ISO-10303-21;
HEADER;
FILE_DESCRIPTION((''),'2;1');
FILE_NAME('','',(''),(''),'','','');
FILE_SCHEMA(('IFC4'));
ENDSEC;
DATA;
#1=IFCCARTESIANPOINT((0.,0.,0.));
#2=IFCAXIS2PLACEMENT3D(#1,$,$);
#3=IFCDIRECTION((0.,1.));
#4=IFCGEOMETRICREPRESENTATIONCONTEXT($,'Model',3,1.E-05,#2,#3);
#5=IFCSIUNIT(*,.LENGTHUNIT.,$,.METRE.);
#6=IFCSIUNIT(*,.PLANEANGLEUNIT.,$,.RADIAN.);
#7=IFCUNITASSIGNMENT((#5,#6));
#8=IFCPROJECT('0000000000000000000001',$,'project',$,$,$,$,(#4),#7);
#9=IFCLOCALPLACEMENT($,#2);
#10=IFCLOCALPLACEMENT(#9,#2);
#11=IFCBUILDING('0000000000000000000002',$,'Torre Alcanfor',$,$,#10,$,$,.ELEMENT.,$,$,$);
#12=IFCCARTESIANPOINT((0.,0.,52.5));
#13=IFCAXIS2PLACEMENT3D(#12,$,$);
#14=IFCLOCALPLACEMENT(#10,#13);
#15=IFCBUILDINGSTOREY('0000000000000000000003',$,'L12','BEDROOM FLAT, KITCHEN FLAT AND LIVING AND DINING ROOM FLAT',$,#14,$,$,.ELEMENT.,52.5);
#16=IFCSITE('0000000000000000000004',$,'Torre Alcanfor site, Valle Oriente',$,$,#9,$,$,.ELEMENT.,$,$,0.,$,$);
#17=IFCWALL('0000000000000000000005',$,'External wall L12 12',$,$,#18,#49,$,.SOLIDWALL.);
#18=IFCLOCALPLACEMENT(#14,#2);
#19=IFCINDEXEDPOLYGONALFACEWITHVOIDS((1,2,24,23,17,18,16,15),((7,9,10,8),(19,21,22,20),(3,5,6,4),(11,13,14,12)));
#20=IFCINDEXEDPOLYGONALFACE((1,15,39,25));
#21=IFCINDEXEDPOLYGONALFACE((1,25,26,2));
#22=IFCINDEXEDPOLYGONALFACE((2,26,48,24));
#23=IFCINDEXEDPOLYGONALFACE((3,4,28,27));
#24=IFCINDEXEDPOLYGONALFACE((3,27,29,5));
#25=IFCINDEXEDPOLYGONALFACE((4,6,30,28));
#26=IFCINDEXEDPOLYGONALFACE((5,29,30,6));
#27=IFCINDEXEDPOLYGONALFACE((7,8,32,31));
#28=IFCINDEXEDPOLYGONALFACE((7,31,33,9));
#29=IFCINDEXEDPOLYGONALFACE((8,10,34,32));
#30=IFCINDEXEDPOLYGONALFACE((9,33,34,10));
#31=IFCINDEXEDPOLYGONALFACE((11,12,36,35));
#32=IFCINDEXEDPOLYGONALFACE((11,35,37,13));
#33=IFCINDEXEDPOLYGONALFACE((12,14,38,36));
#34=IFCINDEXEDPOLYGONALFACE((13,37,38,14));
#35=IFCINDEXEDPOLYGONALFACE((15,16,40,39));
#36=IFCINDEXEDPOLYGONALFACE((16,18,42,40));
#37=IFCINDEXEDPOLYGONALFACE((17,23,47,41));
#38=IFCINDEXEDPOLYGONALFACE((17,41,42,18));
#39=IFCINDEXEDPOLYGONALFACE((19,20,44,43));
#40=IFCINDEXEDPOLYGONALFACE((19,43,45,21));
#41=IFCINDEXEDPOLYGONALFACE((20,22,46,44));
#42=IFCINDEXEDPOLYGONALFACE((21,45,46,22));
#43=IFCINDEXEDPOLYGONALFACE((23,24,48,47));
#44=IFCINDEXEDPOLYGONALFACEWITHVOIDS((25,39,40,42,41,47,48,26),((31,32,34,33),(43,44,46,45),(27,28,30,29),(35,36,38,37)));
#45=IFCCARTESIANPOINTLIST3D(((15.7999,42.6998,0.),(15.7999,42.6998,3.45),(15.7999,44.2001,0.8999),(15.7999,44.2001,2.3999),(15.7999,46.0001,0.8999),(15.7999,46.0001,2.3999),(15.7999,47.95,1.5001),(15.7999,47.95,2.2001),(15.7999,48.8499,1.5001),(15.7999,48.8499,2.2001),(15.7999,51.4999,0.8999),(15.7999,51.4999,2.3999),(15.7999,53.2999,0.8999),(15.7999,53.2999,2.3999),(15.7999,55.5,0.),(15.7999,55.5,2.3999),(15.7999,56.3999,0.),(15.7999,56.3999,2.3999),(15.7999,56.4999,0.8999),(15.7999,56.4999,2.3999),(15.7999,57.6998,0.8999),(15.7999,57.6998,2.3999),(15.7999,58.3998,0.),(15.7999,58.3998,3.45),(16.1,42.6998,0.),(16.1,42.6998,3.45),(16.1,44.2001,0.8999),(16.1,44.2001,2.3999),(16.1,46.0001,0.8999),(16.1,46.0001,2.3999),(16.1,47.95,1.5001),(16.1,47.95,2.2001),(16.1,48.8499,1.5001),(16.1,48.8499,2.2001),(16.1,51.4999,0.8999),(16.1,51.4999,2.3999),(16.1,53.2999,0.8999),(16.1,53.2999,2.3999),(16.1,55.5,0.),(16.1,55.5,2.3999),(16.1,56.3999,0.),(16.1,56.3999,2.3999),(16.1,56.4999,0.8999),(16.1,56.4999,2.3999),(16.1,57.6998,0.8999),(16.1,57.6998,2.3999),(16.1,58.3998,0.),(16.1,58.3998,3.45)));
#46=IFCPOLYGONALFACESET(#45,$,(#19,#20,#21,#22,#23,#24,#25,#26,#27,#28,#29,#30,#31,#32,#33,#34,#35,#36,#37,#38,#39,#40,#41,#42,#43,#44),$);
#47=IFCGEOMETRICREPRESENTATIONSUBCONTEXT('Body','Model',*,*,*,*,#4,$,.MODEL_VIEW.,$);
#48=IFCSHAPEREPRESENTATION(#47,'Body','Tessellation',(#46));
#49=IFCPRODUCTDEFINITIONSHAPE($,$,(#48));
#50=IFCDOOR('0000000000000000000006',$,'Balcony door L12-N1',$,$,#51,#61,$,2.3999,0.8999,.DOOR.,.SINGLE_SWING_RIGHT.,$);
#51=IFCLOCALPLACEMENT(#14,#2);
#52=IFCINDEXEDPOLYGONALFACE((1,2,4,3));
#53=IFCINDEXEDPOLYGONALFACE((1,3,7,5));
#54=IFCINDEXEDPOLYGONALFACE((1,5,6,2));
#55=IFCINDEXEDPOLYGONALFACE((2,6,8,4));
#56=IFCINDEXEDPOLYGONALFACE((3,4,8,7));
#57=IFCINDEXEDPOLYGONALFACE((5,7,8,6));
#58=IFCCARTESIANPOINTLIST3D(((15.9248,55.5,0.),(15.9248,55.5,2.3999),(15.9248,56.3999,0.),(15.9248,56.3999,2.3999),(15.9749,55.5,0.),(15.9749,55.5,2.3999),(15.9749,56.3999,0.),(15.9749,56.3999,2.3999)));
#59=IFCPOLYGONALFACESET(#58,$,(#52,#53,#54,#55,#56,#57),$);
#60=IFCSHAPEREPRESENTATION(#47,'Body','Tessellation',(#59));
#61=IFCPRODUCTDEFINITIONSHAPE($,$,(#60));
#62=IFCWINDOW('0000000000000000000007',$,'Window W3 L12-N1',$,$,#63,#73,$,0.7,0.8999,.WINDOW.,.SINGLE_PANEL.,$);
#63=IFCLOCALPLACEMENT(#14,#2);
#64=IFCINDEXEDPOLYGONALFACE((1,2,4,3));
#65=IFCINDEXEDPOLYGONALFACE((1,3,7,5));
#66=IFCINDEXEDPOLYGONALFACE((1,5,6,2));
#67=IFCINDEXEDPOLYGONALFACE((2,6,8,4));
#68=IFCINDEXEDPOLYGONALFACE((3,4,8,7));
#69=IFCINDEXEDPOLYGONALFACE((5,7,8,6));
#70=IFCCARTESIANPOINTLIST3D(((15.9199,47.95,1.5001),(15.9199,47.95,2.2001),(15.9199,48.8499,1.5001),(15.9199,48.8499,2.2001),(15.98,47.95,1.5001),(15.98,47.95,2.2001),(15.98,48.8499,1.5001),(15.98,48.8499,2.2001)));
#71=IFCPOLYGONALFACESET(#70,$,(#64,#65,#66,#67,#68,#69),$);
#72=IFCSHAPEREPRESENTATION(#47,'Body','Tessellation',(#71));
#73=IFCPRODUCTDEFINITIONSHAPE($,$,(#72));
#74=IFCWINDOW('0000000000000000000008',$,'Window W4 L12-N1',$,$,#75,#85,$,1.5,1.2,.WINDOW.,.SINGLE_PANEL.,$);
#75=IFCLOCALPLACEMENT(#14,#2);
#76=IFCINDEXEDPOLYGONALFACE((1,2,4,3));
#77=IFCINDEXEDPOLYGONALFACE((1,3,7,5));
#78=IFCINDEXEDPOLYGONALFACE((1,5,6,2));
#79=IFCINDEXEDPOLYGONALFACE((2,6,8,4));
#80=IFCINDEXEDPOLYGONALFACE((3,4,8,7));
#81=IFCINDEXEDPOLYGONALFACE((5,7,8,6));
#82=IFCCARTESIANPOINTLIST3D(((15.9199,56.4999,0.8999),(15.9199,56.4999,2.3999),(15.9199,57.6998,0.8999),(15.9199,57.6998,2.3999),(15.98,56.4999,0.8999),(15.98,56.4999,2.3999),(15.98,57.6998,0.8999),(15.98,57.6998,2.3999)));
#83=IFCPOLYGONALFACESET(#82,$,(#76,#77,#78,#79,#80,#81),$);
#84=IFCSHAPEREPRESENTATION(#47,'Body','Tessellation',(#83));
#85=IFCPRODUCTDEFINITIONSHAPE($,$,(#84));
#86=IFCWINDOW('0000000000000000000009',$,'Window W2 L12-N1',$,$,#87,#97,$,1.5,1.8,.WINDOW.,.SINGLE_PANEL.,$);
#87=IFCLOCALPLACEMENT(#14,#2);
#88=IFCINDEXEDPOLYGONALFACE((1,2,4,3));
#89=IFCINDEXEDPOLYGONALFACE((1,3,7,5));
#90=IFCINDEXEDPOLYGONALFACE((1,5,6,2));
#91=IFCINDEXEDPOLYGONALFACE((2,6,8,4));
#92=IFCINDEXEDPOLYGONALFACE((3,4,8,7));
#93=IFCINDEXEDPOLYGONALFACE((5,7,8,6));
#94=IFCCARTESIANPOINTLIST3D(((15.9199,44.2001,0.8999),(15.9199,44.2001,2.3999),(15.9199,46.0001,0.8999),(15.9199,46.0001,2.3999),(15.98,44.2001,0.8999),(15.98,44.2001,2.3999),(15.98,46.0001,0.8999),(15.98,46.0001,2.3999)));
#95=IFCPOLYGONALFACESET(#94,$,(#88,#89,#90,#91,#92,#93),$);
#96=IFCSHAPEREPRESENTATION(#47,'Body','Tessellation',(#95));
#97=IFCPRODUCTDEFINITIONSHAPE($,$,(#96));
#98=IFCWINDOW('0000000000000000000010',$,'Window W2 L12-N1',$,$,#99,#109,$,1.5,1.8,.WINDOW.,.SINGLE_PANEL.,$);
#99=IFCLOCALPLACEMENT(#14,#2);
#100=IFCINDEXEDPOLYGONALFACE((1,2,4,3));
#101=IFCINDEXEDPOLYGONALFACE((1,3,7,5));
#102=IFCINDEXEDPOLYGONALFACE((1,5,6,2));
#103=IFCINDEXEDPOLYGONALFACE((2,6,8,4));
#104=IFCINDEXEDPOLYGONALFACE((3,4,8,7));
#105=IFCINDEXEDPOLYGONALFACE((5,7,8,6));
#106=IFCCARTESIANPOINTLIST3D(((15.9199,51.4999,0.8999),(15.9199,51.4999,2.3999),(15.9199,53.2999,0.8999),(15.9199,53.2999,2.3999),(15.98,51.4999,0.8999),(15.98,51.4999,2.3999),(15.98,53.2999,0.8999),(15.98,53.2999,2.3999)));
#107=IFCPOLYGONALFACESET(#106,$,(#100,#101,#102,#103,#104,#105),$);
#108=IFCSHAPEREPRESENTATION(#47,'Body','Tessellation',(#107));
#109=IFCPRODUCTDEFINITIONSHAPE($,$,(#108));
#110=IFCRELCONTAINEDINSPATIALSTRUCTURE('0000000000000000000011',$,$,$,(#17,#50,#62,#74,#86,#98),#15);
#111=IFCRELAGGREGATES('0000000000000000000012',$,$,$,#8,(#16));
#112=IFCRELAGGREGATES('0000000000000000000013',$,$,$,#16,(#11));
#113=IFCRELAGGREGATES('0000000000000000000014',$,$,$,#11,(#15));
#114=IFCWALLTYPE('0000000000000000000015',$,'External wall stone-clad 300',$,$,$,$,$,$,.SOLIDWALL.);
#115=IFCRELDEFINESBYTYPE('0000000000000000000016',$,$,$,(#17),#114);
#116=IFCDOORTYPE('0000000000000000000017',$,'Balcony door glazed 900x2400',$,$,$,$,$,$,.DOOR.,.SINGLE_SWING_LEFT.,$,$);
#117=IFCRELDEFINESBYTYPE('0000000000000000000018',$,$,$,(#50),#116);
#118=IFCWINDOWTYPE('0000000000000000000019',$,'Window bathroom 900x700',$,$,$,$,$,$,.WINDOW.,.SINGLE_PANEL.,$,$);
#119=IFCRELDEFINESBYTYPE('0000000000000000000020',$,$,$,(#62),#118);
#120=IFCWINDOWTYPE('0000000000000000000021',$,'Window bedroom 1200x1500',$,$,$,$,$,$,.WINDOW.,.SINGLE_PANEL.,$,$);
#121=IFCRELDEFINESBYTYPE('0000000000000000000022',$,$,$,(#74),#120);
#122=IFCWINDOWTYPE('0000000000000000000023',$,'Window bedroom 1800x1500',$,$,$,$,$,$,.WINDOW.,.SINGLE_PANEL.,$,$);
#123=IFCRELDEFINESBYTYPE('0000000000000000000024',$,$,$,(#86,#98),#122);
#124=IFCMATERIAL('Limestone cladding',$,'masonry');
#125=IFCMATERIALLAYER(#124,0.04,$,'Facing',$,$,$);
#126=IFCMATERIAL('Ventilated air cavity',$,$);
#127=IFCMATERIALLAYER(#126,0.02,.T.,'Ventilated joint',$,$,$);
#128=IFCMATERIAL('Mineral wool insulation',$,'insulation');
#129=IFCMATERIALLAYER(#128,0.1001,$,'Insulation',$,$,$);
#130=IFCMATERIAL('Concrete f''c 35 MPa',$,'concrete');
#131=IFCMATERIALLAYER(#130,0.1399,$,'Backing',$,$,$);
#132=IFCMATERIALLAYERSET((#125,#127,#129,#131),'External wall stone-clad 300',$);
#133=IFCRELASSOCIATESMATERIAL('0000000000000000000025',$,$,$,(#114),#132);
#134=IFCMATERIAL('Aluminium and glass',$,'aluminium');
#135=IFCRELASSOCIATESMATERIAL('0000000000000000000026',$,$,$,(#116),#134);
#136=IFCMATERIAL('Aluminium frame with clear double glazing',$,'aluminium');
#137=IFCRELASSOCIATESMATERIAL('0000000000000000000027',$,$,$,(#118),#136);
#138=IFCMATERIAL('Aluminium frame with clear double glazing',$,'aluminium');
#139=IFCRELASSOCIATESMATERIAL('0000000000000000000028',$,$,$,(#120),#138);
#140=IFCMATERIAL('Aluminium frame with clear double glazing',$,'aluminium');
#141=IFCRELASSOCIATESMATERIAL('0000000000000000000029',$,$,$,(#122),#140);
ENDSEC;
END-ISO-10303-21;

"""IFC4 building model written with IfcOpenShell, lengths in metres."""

from ifc_helpers import new_model, si_unit, direction, frame, frame_2d, origin, place, context, subcontext, project, spatial, rectangle, extrude, material, layer, layer_set, type_object, element, fill, save


model = new_model("IFC4")

# Units and contexts
model_context = context("Model", 3, precision=1e-05, world=origin(), true_north=direction((0.0, 1.0)))
body_context = subcontext(model_context, "Body", "Model", "MODEL_VIEW")
ifc_project = project(units=[si_unit("LENGTHUNIT", "METRE"), si_unit("PLANEANGLEUNIT", "RADIAN")], contexts=[model_context])

# Site, building, storey
site_placement = place(None, origin())
site = spatial("IfcSite", under=ifc_project, at=site_placement, Name="Torre Alcanfor site, Valle Oriente", CompositionType="ELEMENT", RefElevation=0.0)
building_placement = place(site_placement, origin())
building = spatial("IfcBuilding", under=site, at=building_placement, Name="Torre Alcanfor", CompositionType="ELEMENT")
storey_placement = place(building_placement, frame((0.0, 0.0, 52.5)))
storey = spatial("IfcBuildingStorey", under=building, at=storey_placement, Name="L12", Description="BEDROOM FLAT, KITCHEN FLAT AND LIVING AND DINING ROOM FLAT", CompositionType="ELEMENT", Elevation=52.5)

# Wall, openings, door, windows
ifc_material_1 = material(Name="Limestone cladding", Category="masonry")
ifc_layer_1 = layer(ifc_material_1, 0.04, Name="Facing")
ifc_material_2 = material(Name="Ventilated air cavity")
ifc_layer_2 = layer(ifc_material_2, 0.02, ventilated=True, Name="Ventilated joint")
ifc_material_3 = material(Name="Mineral wool insulation", Category="insulation")
ifc_layer_3 = layer(ifc_material_3, 0.1001, Name="Insulation")
ifc_material_4 = material(Name="Concrete f'c 35 MPa", Category="concrete")
ifc_layer_4 = layer(ifc_material_4, 0.1399, Name="Backing")
ifc_layer_set_1 = layer_set([ifc_layer_1, ifc_layer_2, ifc_layer_3, ifc_layer_4], Name="External wall stone-clad 300")
wall_type_1 = type_object("IfcWallType", Name="External wall stone-clad 300", PredefinedType="SOLIDWALL", material=ifc_layer_set_1)
ifc_material_5 = material(Name="Aluminium and glass", Category="aluminium")
door_type = type_object("IfcDoorType", Name="Balcony door glazed 900x2400", OperationType="SINGLE_SWING_LEFT", PredefinedType="DOOR", material=ifc_material_5)
ifc_material_6 = material(Name="Aluminium frame with clear double glazing", Category="aluminium")
window_type_1 = type_object("IfcWindowType", Name="Window bathroom 900x700", PartitioningType="SINGLE_PANEL", PredefinedType="WINDOW", material=ifc_material_6)
ifc_material_7 = material(Name="Aluminium frame with clear double glazing", Category="aluminium")
window_type_2 = type_object("IfcWindowType", Name="Window bedroom 1200x1500", PartitioningType="SINGLE_PANEL", PredefinedType="WINDOW", material=ifc_material_7)
ifc_material_8 = material(Name="Aluminium frame with clear double glazing", Category="aluminium")
window_type_3 = type_object("IfcWindowType", Name="Window bedroom 1800x1500", PartitioningType="SINGLE_PANEL", PredefinedType="WINDOW", material=ifc_material_8)
wall_1_placement = place(storey_placement, frame((15.95, 58.3999, 0.0), z_axis=(0.0, 0.0, 1.0), x_axis=(0.0, -1.0, 0.0)))
wall_1 = element("IfcWall", 1, at=wall_1_placement, inside=storey, type_object=wall_type_1, Name="External wall L12 12", PredefinedType="SOLIDWALL", context=body_context, shape_type="SweptSolid", body=[
    extrude(rectangle(XDim=15.7, YDim=0.3, at=frame_2d((7.8501, 0.0))), origin(), (0.0, 0.0, 1.0), 3.45),
])
opening_1_placement = place(wall_1_placement, frame((12.3999, 0.0, 0.8999)))
opening_1 = element("IfcOpeningElement", 2, at=opening_1_placement, cuts=wall_1, PredefinedType="OPENING", context=body_context, shape_type="SweptSolid", body=[
    extrude(rectangle(XDim=1.8, YDim=1.5, at=frame_2d((0.8999, 0.75))), frame((0.0, 0.1599, 0.0), z_axis=(0.0, -1.0, 0.0), x_axis=(1.0, 0.0, 0.0)), (0.0, 0.0, 1.0), 0.3201),
])
opening_2_placement = place(wall_1_placement, frame((9.55, 0.0, 1.5)))
opening_2 = element("IfcOpeningElement", 3, at=opening_2_placement, cuts=wall_1, PredefinedType="OPENING", context=body_context, shape_type="SweptSolid", body=[
    extrude(rectangle(XDim=0.8999, YDim=0.7, at=frame_2d((0.45, 0.3501))), frame((0.0, 0.1599, 0.0), z_axis=(0.0, -1.0, 0.0), x_axis=(1.0, 0.0, 0.0)), (0.0, 0.0, 1.0), 0.3201),
])
opening_3_placement = place(wall_1_placement, frame((5.1001, 0.0, 0.8999)))
opening_3 = element("IfcOpeningElement", 4, at=opening_3_placement, cuts=wall_1, PredefinedType="OPENING", context=body_context, shape_type="SweptSolid", body=[
    extrude(rectangle(XDim=1.8, YDim=1.5, at=frame_2d((0.8999, 0.75))), frame((0.0, 0.1599, 0.0), z_axis=(0.0, -1.0, 0.0), x_axis=(1.0, 0.0, 0.0)), (0.0, 0.0, 1.0), 0.3201),
])
opening_4_placement = place(wall_1_placement, frame((2.0, 0.0, 0.0)))
opening_4 = element("IfcOpeningElement", 5, at=opening_4_placement, cuts=wall_1, PredefinedType="OPENING", context=body_context, shape_type="SweptSolid", body=[
    extrude(rectangle(XDim=0.8999, YDim=2.3999, at=frame_2d((0.45, 1.2))), frame((0.0, 0.1599, 0.0), z_axis=(0.0, -1.0, 0.0), x_axis=(1.0, 0.0, 0.0)), (0.0, 0.0, 1.0), 0.3201),
])
opening_5_placement = place(wall_1_placement, frame((0.7, 0.0, 0.8999)))
opening_5 = element("IfcOpeningElement", 6, at=opening_5_placement, cuts=wall_1, PredefinedType="OPENING", context=body_context, shape_type="SweptSolid", body=[
    extrude(rectangle(XDim=1.2, YDim=1.5, at=frame_2d((0.6001, 0.75))), frame((0.0, 0.1599, 0.0), z_axis=(0.0, -1.0, 0.0), x_axis=(1.0, 0.0, 0.0)), (0.0, 0.0, 1.0), 0.3201),
])
door_1_placement = place(opening_4_placement, origin())
door_1 = element("IfcDoor", 7, at=door_1_placement, inside=storey, type_object=door_type, Name="Balcony door L12-N1", OperationType="SINGLE_SWING_RIGHT", OverallHeight=2.3999, OverallWidth=0.8999, PredefinedType="DOOR", context=body_context, shape_type="SweptSolid", body=[
    extrude(rectangle(XDim=0.8999, YDim=2.3999, at=frame_2d((0.45, 1.2))), frame((0.0, 0.0249, 0.0), z_axis=(0.0, -1.0, 0.0), x_axis=(1.0, 0.0, 0.0)), (0.0, 0.0, 1.0), 0.05),
])
fill(opening_4, door_1)
window_1_placement = place(opening_2_placement, origin())
window_1 = element("IfcWindow", 8, at=window_1_placement, inside=storey, type_object=window_type_1, Name="Window W3 L12-N1", OverallHeight=0.7, OverallWidth=0.8999, PartitioningType="SINGLE_PANEL", PredefinedType="WINDOW", context=body_context, shape_type="SweptSolid", body=[
    extrude(rectangle(XDim=0.8999, YDim=0.7, at=frame_2d((0.45, 0.3501))), frame((0.0, 0.03, 0.0), z_axis=(0.0, -1.0, 0.0), x_axis=(1.0, 0.0, 0.0)), (0.0, 0.0, 1.0), 0.0601),
])
fill(opening_2, window_1)
window_2_placement = place(opening_5_placement, origin())
window_2 = element("IfcWindow", 9, at=window_2_placement, inside=storey, type_object=window_type_2, Name="Window W4 L12-N1", OverallHeight=1.5, OverallWidth=1.2, PartitioningType="SINGLE_PANEL", PredefinedType="WINDOW", context=body_context, shape_type="SweptSolid", body=[
    extrude(rectangle(XDim=1.2, YDim=1.5, at=frame_2d((0.6001, 0.75))), frame((0.0, 0.03, 0.0), z_axis=(0.0, -1.0, 0.0), x_axis=(1.0, 0.0, 0.0)), (0.0, 0.0, 1.0), 0.0601),
])
fill(opening_5, window_2)
window_3_placement = place(opening_1_placement, origin())
window_3 = element("IfcWindow", 10, at=window_3_placement, inside=storey, type_object=window_type_3, Name="Window W2 L12-N1", OverallHeight=1.5, OverallWidth=1.8, PartitioningType="SINGLE_PANEL", PredefinedType="WINDOW", context=body_context, shape_type="SweptSolid", body=[
    extrude(rectangle(XDim=1.8, YDim=1.5, at=frame_2d((0.8999, 0.75))), frame((0.0, 0.03, 0.0), z_axis=(0.0, -1.0, 0.0), x_axis=(1.0, 0.0, 0.0)), (0.0, 0.0, 1.0), 0.0601),
])
fill(opening_1, window_3)
window_4_placement = place(opening_3_placement, origin())
window_4 = element("IfcWindow", 11, at=window_4_placement, inside=storey, type_object=window_type_3, Name="Window W2 L12-N1", OverallHeight=1.5, OverallWidth=1.8, PartitioningType="SINGLE_PANEL", PredefinedType="WINDOW", context=body_context, shape_type="SweptSolid", body=[
    extrude(rectangle(XDim=1.8, YDim=1.5, at=frame_2d((0.8999, 0.75))), frame((0.0, 0.03, 0.0), z_axis=(0.0, -1.0, 0.0), x_axis=(1.0, 0.0, 0.0)), (0.0, 0.0, 1.0), 0.0601),
])
fill(opening_3, window_4)

save(model, "model.ifc")
